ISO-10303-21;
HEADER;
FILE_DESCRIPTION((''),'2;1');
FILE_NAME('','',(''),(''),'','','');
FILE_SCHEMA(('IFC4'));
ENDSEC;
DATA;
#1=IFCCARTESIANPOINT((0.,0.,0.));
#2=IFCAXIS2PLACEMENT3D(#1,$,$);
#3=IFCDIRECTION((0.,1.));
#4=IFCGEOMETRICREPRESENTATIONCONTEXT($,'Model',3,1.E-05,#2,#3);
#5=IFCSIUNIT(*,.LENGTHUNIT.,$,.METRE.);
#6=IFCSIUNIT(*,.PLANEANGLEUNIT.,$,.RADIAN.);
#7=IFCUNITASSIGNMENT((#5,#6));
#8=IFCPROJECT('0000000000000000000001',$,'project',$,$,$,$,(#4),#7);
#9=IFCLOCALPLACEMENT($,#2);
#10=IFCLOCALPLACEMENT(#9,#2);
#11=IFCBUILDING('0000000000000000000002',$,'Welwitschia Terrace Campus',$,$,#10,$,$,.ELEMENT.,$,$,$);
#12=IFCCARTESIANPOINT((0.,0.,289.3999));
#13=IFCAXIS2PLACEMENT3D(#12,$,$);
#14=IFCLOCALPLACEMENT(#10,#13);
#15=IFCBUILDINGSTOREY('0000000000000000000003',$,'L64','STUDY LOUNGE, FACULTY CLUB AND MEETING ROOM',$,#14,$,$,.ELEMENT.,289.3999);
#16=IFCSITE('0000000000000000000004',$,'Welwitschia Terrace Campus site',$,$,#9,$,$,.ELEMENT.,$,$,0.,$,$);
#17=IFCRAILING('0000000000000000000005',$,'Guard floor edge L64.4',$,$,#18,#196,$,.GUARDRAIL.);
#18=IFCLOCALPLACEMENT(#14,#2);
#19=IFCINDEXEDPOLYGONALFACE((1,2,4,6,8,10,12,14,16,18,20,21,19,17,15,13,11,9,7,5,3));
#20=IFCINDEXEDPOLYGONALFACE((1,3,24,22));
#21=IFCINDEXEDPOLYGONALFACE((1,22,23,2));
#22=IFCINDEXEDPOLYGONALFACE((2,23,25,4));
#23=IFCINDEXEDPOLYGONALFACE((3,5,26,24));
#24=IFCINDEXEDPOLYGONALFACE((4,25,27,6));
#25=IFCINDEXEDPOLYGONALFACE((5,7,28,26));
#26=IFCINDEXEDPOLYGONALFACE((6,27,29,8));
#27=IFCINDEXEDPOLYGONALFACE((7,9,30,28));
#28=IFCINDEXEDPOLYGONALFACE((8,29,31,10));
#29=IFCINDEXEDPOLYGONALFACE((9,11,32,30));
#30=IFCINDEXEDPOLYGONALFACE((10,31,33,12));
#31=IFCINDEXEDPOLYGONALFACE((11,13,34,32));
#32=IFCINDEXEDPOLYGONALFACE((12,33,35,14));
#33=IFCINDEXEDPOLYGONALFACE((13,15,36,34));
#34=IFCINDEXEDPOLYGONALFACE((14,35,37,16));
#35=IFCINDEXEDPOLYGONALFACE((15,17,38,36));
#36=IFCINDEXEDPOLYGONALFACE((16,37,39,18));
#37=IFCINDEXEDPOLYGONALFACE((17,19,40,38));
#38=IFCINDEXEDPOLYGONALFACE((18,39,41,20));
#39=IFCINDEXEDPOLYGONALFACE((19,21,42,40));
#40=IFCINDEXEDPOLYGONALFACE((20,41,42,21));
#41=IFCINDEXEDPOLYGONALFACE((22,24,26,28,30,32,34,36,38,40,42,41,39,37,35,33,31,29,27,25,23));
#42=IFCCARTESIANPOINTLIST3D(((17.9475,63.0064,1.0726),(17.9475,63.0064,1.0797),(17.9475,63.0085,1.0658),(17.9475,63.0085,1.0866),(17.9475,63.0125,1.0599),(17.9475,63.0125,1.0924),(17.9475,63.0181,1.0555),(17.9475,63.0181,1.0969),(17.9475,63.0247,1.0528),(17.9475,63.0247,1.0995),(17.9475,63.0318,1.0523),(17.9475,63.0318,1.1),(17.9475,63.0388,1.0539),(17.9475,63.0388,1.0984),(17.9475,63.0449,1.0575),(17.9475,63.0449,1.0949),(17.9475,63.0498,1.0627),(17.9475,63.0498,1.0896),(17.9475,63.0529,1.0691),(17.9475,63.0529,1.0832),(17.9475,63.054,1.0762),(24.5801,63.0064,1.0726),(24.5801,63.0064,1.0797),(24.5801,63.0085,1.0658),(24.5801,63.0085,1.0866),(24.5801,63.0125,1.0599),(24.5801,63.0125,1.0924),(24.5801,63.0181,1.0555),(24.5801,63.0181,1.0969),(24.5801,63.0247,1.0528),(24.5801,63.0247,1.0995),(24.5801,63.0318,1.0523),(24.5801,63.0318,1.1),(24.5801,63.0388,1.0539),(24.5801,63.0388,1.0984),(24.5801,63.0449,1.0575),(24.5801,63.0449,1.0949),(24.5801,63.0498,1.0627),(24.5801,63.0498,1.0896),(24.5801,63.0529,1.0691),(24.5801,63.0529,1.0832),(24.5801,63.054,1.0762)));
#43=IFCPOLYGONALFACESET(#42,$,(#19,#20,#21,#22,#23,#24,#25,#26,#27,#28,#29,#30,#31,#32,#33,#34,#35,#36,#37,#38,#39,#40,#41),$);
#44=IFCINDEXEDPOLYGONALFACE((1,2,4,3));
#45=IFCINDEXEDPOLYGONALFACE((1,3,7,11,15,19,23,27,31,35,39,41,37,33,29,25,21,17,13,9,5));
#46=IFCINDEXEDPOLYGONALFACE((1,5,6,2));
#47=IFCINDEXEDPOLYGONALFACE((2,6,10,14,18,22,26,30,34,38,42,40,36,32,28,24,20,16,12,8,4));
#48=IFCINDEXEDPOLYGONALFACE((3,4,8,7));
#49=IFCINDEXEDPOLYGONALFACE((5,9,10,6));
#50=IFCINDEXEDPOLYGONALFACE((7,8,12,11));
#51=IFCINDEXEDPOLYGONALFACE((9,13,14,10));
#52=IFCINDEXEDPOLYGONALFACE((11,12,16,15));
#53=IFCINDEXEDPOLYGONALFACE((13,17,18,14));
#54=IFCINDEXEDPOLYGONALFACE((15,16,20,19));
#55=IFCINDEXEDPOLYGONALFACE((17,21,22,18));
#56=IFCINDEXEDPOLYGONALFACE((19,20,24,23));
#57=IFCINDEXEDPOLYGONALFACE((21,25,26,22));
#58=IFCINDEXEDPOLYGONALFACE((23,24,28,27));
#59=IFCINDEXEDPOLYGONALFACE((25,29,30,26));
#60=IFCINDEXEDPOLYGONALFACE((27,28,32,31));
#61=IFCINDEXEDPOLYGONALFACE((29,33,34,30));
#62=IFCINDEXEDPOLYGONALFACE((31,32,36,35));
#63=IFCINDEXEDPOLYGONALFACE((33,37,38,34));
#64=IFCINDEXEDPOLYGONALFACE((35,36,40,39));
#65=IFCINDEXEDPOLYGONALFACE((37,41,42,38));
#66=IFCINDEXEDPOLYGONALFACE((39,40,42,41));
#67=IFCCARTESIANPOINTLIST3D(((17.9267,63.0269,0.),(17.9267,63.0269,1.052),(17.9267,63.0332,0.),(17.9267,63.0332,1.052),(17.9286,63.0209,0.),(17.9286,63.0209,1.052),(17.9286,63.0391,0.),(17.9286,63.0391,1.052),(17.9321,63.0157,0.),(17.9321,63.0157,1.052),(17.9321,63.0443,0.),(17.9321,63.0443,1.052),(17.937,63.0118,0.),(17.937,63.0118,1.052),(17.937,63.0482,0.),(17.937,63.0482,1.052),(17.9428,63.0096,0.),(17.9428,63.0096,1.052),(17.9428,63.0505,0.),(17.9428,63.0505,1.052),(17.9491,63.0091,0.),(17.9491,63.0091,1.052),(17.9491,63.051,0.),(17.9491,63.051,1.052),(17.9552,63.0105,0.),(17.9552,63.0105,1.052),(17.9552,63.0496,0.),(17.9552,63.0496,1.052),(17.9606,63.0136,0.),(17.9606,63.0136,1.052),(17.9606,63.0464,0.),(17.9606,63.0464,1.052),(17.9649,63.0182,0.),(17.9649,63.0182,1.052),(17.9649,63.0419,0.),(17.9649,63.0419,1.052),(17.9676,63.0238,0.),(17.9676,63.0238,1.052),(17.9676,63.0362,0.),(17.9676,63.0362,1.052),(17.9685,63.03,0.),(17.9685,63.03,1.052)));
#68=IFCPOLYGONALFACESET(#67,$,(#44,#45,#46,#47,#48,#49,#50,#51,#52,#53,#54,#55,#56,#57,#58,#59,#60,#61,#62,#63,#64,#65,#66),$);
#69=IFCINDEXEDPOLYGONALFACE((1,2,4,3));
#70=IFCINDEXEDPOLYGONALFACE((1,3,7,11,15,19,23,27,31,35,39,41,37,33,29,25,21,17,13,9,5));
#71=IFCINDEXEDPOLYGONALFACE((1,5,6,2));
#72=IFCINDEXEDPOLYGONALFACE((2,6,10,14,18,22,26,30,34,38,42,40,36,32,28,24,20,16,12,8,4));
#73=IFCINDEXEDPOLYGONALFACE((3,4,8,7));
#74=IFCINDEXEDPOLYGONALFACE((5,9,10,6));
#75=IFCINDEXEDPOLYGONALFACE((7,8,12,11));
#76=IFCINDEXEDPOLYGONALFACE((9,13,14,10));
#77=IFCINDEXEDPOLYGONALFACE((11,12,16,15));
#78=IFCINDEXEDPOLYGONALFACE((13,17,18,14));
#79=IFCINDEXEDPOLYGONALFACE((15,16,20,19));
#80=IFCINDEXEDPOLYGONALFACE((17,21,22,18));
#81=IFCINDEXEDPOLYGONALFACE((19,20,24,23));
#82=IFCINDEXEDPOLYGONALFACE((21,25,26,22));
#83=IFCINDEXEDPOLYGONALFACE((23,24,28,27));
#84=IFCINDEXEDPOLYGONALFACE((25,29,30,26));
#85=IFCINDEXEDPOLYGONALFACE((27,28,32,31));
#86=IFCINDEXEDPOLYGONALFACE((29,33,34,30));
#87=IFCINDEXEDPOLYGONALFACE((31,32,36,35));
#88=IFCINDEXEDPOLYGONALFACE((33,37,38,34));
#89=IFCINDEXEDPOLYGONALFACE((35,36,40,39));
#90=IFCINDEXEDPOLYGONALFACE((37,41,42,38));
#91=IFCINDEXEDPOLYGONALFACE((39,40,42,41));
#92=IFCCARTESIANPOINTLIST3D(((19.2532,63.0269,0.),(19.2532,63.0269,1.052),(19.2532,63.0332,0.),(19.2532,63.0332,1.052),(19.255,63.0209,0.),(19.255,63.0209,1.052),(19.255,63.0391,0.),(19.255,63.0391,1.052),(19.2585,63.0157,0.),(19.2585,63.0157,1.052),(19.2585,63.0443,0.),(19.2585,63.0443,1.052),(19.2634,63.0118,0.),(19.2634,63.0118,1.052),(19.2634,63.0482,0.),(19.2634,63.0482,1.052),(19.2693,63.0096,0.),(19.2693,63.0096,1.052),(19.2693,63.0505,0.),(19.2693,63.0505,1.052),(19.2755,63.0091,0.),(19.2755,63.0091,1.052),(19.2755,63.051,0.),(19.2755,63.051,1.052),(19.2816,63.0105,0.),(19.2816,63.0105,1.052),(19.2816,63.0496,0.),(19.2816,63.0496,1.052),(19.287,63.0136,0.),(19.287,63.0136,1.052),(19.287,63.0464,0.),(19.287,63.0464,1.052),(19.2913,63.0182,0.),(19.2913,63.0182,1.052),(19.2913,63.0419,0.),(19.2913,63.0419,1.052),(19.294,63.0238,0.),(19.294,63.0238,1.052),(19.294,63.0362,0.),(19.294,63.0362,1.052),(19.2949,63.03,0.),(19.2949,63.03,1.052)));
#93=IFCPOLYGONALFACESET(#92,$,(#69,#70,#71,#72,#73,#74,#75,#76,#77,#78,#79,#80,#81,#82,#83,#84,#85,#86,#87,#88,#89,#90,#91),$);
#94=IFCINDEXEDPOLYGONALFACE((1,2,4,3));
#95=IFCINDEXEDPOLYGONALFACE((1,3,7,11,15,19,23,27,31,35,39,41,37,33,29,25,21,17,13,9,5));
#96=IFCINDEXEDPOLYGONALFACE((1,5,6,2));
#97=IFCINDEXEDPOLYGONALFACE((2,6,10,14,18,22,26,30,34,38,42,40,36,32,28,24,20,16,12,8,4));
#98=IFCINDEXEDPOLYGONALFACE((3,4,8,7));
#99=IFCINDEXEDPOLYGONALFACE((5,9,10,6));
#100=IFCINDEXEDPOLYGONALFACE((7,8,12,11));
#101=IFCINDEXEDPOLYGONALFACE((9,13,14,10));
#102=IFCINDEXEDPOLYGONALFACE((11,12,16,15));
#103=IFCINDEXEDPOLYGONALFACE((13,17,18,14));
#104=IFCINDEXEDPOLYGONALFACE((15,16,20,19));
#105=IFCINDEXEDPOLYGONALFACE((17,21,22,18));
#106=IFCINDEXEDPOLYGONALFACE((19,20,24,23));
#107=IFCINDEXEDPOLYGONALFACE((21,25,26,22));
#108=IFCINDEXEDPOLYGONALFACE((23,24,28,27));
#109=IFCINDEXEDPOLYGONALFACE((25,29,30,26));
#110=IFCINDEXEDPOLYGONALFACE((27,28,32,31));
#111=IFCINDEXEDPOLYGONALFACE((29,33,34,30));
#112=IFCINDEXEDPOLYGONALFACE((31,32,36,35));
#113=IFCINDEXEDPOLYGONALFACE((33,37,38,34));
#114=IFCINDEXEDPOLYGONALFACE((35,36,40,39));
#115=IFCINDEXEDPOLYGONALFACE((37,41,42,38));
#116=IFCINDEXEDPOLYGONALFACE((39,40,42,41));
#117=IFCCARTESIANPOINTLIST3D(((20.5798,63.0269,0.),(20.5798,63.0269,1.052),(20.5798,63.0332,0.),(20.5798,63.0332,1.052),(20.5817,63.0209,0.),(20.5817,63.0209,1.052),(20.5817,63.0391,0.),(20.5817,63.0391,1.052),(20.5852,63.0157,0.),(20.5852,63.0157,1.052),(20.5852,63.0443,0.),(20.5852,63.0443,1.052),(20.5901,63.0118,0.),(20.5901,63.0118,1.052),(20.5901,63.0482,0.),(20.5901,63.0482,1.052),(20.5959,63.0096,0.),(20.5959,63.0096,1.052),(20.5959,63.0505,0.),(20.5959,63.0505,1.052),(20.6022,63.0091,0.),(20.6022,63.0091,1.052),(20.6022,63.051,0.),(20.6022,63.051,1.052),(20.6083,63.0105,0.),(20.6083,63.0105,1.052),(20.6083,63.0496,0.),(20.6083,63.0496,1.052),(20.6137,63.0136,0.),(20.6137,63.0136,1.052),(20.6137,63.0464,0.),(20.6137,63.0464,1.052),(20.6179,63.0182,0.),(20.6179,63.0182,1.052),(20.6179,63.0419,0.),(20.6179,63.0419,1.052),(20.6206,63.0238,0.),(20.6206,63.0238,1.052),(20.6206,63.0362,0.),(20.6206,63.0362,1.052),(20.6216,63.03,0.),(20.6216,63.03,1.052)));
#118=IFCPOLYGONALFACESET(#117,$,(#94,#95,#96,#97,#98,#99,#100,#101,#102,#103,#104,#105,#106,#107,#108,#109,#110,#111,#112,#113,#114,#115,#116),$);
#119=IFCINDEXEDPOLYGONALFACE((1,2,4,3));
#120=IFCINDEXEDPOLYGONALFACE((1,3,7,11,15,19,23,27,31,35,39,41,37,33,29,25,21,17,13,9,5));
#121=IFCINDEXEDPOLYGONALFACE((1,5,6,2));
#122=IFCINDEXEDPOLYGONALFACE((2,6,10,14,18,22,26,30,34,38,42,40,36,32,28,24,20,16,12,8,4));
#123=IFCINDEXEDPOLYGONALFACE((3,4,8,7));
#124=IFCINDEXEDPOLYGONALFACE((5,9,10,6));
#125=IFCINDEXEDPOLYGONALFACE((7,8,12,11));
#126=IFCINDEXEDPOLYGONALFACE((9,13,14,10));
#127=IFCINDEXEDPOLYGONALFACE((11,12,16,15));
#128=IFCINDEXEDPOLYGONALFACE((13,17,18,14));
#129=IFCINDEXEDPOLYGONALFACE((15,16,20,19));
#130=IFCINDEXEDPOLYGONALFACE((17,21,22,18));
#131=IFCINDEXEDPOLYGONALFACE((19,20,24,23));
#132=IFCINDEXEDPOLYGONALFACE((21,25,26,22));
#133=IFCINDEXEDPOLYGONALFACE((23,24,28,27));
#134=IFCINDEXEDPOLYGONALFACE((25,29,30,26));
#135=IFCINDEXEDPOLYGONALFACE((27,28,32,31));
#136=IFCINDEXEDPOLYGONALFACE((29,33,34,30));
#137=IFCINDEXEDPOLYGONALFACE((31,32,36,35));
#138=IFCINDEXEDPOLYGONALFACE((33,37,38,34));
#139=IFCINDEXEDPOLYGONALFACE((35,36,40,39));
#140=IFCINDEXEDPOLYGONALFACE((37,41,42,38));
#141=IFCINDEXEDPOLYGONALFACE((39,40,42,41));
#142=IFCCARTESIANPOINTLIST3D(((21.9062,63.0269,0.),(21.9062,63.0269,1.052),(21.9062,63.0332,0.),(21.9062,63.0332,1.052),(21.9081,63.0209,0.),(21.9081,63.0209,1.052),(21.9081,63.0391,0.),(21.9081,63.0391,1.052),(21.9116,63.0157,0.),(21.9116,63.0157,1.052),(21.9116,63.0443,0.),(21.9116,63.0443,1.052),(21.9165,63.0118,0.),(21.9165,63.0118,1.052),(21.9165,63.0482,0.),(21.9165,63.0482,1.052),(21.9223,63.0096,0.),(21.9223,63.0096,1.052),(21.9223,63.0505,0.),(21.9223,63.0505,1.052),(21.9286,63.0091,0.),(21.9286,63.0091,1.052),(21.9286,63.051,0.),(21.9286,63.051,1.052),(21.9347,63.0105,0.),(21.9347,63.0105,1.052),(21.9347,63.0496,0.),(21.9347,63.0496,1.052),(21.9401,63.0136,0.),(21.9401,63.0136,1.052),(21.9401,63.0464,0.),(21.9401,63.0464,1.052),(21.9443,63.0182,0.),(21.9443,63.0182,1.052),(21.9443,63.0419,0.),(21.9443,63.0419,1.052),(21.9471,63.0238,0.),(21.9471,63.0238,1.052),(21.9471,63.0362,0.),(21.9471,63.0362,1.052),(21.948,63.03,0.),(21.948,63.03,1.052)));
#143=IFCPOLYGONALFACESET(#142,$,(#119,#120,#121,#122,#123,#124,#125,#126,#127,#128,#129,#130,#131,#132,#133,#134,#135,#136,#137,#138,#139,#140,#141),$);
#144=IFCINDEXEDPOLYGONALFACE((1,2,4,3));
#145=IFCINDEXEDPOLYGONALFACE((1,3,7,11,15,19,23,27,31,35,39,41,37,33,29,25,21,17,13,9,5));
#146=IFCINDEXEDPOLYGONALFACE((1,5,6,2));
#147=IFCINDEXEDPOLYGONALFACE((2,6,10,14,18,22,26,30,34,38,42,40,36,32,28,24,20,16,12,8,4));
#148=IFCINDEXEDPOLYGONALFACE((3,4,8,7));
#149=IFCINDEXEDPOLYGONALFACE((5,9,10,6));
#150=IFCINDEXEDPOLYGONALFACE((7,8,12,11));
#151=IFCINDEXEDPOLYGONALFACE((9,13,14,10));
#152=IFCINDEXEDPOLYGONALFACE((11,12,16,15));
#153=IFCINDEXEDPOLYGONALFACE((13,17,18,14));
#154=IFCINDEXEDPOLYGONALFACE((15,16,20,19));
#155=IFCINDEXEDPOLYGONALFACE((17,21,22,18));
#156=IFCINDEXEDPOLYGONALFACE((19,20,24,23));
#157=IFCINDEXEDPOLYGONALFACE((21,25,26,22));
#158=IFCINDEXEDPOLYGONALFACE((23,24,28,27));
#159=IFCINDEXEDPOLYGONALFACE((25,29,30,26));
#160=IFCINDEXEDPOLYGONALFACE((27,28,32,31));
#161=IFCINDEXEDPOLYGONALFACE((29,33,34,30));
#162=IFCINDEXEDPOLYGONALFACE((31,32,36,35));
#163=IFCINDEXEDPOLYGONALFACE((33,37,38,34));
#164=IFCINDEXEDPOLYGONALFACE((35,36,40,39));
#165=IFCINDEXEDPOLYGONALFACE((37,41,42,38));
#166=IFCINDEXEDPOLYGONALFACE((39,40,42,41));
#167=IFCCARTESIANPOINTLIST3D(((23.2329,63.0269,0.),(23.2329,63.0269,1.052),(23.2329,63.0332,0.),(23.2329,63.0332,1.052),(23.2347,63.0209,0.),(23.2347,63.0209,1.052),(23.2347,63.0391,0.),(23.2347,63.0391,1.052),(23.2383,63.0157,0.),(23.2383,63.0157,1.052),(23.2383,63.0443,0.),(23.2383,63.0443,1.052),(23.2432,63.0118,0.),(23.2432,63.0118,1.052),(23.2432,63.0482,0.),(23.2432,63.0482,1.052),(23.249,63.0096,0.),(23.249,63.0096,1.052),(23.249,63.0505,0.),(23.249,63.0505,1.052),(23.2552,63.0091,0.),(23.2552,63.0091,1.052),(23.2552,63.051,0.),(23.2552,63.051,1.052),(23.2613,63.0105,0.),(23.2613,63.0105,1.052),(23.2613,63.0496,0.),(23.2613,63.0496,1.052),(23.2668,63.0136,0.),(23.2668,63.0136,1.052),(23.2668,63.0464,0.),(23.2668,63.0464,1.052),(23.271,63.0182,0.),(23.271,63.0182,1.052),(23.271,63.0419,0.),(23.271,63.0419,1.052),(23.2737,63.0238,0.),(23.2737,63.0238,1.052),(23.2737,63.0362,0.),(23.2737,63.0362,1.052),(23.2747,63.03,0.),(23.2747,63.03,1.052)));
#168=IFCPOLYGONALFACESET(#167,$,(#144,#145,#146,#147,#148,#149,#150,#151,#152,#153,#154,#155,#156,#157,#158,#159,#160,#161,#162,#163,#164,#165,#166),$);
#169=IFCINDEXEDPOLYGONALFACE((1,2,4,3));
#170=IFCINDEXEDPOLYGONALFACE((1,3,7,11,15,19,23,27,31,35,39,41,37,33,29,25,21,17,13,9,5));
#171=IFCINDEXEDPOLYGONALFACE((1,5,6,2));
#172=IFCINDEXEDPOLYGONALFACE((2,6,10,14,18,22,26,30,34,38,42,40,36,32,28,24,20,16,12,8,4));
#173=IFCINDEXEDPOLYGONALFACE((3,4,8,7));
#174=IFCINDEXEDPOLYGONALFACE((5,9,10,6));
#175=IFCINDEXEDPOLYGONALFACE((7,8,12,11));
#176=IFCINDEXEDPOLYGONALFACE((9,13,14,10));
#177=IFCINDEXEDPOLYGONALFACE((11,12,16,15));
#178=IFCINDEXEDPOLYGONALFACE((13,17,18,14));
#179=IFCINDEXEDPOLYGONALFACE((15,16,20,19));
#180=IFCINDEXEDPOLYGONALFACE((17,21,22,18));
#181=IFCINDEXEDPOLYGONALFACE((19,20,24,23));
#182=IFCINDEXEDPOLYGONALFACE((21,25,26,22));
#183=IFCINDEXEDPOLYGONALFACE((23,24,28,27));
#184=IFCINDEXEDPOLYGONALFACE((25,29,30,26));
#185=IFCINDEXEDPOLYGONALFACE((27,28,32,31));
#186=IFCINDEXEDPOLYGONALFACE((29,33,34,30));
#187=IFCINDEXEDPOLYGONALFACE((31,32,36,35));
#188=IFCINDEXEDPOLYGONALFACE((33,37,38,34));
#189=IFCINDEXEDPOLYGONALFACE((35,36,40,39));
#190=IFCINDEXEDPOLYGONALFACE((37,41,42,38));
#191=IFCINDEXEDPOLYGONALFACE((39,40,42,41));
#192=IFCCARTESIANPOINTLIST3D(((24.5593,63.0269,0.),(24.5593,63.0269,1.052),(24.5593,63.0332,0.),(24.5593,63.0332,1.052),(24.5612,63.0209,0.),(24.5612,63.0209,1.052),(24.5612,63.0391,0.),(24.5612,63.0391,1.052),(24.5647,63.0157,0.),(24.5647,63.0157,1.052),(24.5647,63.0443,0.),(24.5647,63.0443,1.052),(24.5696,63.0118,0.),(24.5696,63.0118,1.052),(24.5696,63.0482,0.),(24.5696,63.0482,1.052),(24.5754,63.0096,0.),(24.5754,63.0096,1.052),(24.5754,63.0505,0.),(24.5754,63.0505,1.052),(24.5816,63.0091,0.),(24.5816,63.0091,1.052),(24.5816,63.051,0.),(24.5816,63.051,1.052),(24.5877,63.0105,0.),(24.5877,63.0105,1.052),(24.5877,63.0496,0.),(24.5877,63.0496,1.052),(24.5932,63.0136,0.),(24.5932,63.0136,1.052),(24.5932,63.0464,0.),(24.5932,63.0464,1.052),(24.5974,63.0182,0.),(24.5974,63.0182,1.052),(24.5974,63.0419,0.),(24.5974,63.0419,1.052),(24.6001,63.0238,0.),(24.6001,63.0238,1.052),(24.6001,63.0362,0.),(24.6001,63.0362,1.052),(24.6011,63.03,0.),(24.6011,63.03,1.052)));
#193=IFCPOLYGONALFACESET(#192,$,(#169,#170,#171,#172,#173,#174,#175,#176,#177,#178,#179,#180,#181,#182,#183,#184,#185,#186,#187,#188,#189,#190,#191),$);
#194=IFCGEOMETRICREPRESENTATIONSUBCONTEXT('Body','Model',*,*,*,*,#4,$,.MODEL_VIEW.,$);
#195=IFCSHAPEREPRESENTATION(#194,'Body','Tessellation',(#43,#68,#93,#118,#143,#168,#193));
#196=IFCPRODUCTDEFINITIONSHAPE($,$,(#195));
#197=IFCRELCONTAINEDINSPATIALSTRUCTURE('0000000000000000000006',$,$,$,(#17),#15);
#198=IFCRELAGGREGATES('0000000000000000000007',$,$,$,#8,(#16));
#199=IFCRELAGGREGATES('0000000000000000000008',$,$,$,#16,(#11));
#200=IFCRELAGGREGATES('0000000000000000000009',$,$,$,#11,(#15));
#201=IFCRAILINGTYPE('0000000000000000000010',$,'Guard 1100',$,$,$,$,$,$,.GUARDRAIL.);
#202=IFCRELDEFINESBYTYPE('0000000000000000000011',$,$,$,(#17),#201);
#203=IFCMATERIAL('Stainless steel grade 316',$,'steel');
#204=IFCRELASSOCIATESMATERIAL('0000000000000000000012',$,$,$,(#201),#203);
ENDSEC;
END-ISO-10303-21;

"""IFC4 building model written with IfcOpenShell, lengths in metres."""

from ifc_helpers import new_model, si_unit, direction, frame, origin, origin_2d, place, context, subcontext, project, spatial, circle, extrude, material, type_object, element, save


model = new_model("IFC4")

# Units and contexts
model_context = context("Model", 3, precision=1e-05, world=origin(), true_north=direction((0.0, 1.0)))
body_context = subcontext(model_context, "Body", "Model", "MODEL_VIEW")
ifc_project = project(units=[si_unit("LENGTHUNIT", "METRE"), si_unit("PLANEANGLEUNIT", "RADIAN")], contexts=[model_context])

# Site, building, storey
site_placement = place(None, origin())
site = spatial("IfcSite", under=ifc_project, at=site_placement, Name="Welwitschia Terrace Campus site", CompositionType="ELEMENT", RefElevation=0.0)
building_placement = place(site_placement, origin())
building = spatial("IfcBuilding", under=site, at=building_placement, Name="Welwitschia Terrace Campus", CompositionType="ELEMENT")
storey_placement = place(building_placement, frame((0.0, 0.0, 289.3999)))
storey = spatial("IfcBuildingStorey", under=building, at=storey_placement, Name="L64", Description="STUDY LOUNGE, FACULTY CLUB AND MEETING ROOM", CompositionType="ELEMENT", Elevation=289.3999)

# Railing
ifc_material_1 = material(Name="Stainless steel grade 316", Category="steel")
railing_type = type_object("IfcRailingType", Name="Guard 1100", PredefinedType="GUARDRAIL", material=ifc_material_1)
railing_placement = place(storey_placement, frame((17.9475, 63.03, 0.0)))
element("IfcRailing", 1, at=railing_placement, inside=storey, type_object=railing_type, Name="Guard floor edge L64.4", PredefinedType="GUARDRAIL", context=body_context, shape_type="SweptSolid", body=[
    extrude(circle(Radius=0.0239, at=origin_2d()), frame((0.0, 0.0, 1.0762), z_axis=(1.0, 0.0, 0.0), x_axis=(0.0, 1.0, 0.0)), (0.0, 0.0, 1.0), 6.6326),
    extrude(circle(Radius=0.021, at=origin_2d()), origin(), (0.0, 0.0, 1.0), 1.052),
    extrude(circle(Radius=0.021, at=origin_2d()), frame((1.3264, 0.0, 0.0)), (0.0, 0.0, 1.0), 1.052),
    extrude(circle(Radius=0.021, at=origin_2d()), frame((2.6531, 0.0, 0.0)), (0.0, 0.0, 1.0), 1.052),
    extrude(circle(Radius=0.021, at=origin_2d()), frame((3.9795, 0.0, 0.0)), (0.0, 0.0, 1.0), 1.052),
    extrude(circle(Radius=0.021, at=origin_2d()), frame((5.3062, 0.0, 0.0)), (0.0, 0.0, 1.0), 1.052),
    extrude(circle(Radius=0.021, at=origin_2d()), frame((6.6326, 0.0, 0.0)), (0.0, 0.0, 1.0), 1.052),
])

save(model, "model.ifc")
